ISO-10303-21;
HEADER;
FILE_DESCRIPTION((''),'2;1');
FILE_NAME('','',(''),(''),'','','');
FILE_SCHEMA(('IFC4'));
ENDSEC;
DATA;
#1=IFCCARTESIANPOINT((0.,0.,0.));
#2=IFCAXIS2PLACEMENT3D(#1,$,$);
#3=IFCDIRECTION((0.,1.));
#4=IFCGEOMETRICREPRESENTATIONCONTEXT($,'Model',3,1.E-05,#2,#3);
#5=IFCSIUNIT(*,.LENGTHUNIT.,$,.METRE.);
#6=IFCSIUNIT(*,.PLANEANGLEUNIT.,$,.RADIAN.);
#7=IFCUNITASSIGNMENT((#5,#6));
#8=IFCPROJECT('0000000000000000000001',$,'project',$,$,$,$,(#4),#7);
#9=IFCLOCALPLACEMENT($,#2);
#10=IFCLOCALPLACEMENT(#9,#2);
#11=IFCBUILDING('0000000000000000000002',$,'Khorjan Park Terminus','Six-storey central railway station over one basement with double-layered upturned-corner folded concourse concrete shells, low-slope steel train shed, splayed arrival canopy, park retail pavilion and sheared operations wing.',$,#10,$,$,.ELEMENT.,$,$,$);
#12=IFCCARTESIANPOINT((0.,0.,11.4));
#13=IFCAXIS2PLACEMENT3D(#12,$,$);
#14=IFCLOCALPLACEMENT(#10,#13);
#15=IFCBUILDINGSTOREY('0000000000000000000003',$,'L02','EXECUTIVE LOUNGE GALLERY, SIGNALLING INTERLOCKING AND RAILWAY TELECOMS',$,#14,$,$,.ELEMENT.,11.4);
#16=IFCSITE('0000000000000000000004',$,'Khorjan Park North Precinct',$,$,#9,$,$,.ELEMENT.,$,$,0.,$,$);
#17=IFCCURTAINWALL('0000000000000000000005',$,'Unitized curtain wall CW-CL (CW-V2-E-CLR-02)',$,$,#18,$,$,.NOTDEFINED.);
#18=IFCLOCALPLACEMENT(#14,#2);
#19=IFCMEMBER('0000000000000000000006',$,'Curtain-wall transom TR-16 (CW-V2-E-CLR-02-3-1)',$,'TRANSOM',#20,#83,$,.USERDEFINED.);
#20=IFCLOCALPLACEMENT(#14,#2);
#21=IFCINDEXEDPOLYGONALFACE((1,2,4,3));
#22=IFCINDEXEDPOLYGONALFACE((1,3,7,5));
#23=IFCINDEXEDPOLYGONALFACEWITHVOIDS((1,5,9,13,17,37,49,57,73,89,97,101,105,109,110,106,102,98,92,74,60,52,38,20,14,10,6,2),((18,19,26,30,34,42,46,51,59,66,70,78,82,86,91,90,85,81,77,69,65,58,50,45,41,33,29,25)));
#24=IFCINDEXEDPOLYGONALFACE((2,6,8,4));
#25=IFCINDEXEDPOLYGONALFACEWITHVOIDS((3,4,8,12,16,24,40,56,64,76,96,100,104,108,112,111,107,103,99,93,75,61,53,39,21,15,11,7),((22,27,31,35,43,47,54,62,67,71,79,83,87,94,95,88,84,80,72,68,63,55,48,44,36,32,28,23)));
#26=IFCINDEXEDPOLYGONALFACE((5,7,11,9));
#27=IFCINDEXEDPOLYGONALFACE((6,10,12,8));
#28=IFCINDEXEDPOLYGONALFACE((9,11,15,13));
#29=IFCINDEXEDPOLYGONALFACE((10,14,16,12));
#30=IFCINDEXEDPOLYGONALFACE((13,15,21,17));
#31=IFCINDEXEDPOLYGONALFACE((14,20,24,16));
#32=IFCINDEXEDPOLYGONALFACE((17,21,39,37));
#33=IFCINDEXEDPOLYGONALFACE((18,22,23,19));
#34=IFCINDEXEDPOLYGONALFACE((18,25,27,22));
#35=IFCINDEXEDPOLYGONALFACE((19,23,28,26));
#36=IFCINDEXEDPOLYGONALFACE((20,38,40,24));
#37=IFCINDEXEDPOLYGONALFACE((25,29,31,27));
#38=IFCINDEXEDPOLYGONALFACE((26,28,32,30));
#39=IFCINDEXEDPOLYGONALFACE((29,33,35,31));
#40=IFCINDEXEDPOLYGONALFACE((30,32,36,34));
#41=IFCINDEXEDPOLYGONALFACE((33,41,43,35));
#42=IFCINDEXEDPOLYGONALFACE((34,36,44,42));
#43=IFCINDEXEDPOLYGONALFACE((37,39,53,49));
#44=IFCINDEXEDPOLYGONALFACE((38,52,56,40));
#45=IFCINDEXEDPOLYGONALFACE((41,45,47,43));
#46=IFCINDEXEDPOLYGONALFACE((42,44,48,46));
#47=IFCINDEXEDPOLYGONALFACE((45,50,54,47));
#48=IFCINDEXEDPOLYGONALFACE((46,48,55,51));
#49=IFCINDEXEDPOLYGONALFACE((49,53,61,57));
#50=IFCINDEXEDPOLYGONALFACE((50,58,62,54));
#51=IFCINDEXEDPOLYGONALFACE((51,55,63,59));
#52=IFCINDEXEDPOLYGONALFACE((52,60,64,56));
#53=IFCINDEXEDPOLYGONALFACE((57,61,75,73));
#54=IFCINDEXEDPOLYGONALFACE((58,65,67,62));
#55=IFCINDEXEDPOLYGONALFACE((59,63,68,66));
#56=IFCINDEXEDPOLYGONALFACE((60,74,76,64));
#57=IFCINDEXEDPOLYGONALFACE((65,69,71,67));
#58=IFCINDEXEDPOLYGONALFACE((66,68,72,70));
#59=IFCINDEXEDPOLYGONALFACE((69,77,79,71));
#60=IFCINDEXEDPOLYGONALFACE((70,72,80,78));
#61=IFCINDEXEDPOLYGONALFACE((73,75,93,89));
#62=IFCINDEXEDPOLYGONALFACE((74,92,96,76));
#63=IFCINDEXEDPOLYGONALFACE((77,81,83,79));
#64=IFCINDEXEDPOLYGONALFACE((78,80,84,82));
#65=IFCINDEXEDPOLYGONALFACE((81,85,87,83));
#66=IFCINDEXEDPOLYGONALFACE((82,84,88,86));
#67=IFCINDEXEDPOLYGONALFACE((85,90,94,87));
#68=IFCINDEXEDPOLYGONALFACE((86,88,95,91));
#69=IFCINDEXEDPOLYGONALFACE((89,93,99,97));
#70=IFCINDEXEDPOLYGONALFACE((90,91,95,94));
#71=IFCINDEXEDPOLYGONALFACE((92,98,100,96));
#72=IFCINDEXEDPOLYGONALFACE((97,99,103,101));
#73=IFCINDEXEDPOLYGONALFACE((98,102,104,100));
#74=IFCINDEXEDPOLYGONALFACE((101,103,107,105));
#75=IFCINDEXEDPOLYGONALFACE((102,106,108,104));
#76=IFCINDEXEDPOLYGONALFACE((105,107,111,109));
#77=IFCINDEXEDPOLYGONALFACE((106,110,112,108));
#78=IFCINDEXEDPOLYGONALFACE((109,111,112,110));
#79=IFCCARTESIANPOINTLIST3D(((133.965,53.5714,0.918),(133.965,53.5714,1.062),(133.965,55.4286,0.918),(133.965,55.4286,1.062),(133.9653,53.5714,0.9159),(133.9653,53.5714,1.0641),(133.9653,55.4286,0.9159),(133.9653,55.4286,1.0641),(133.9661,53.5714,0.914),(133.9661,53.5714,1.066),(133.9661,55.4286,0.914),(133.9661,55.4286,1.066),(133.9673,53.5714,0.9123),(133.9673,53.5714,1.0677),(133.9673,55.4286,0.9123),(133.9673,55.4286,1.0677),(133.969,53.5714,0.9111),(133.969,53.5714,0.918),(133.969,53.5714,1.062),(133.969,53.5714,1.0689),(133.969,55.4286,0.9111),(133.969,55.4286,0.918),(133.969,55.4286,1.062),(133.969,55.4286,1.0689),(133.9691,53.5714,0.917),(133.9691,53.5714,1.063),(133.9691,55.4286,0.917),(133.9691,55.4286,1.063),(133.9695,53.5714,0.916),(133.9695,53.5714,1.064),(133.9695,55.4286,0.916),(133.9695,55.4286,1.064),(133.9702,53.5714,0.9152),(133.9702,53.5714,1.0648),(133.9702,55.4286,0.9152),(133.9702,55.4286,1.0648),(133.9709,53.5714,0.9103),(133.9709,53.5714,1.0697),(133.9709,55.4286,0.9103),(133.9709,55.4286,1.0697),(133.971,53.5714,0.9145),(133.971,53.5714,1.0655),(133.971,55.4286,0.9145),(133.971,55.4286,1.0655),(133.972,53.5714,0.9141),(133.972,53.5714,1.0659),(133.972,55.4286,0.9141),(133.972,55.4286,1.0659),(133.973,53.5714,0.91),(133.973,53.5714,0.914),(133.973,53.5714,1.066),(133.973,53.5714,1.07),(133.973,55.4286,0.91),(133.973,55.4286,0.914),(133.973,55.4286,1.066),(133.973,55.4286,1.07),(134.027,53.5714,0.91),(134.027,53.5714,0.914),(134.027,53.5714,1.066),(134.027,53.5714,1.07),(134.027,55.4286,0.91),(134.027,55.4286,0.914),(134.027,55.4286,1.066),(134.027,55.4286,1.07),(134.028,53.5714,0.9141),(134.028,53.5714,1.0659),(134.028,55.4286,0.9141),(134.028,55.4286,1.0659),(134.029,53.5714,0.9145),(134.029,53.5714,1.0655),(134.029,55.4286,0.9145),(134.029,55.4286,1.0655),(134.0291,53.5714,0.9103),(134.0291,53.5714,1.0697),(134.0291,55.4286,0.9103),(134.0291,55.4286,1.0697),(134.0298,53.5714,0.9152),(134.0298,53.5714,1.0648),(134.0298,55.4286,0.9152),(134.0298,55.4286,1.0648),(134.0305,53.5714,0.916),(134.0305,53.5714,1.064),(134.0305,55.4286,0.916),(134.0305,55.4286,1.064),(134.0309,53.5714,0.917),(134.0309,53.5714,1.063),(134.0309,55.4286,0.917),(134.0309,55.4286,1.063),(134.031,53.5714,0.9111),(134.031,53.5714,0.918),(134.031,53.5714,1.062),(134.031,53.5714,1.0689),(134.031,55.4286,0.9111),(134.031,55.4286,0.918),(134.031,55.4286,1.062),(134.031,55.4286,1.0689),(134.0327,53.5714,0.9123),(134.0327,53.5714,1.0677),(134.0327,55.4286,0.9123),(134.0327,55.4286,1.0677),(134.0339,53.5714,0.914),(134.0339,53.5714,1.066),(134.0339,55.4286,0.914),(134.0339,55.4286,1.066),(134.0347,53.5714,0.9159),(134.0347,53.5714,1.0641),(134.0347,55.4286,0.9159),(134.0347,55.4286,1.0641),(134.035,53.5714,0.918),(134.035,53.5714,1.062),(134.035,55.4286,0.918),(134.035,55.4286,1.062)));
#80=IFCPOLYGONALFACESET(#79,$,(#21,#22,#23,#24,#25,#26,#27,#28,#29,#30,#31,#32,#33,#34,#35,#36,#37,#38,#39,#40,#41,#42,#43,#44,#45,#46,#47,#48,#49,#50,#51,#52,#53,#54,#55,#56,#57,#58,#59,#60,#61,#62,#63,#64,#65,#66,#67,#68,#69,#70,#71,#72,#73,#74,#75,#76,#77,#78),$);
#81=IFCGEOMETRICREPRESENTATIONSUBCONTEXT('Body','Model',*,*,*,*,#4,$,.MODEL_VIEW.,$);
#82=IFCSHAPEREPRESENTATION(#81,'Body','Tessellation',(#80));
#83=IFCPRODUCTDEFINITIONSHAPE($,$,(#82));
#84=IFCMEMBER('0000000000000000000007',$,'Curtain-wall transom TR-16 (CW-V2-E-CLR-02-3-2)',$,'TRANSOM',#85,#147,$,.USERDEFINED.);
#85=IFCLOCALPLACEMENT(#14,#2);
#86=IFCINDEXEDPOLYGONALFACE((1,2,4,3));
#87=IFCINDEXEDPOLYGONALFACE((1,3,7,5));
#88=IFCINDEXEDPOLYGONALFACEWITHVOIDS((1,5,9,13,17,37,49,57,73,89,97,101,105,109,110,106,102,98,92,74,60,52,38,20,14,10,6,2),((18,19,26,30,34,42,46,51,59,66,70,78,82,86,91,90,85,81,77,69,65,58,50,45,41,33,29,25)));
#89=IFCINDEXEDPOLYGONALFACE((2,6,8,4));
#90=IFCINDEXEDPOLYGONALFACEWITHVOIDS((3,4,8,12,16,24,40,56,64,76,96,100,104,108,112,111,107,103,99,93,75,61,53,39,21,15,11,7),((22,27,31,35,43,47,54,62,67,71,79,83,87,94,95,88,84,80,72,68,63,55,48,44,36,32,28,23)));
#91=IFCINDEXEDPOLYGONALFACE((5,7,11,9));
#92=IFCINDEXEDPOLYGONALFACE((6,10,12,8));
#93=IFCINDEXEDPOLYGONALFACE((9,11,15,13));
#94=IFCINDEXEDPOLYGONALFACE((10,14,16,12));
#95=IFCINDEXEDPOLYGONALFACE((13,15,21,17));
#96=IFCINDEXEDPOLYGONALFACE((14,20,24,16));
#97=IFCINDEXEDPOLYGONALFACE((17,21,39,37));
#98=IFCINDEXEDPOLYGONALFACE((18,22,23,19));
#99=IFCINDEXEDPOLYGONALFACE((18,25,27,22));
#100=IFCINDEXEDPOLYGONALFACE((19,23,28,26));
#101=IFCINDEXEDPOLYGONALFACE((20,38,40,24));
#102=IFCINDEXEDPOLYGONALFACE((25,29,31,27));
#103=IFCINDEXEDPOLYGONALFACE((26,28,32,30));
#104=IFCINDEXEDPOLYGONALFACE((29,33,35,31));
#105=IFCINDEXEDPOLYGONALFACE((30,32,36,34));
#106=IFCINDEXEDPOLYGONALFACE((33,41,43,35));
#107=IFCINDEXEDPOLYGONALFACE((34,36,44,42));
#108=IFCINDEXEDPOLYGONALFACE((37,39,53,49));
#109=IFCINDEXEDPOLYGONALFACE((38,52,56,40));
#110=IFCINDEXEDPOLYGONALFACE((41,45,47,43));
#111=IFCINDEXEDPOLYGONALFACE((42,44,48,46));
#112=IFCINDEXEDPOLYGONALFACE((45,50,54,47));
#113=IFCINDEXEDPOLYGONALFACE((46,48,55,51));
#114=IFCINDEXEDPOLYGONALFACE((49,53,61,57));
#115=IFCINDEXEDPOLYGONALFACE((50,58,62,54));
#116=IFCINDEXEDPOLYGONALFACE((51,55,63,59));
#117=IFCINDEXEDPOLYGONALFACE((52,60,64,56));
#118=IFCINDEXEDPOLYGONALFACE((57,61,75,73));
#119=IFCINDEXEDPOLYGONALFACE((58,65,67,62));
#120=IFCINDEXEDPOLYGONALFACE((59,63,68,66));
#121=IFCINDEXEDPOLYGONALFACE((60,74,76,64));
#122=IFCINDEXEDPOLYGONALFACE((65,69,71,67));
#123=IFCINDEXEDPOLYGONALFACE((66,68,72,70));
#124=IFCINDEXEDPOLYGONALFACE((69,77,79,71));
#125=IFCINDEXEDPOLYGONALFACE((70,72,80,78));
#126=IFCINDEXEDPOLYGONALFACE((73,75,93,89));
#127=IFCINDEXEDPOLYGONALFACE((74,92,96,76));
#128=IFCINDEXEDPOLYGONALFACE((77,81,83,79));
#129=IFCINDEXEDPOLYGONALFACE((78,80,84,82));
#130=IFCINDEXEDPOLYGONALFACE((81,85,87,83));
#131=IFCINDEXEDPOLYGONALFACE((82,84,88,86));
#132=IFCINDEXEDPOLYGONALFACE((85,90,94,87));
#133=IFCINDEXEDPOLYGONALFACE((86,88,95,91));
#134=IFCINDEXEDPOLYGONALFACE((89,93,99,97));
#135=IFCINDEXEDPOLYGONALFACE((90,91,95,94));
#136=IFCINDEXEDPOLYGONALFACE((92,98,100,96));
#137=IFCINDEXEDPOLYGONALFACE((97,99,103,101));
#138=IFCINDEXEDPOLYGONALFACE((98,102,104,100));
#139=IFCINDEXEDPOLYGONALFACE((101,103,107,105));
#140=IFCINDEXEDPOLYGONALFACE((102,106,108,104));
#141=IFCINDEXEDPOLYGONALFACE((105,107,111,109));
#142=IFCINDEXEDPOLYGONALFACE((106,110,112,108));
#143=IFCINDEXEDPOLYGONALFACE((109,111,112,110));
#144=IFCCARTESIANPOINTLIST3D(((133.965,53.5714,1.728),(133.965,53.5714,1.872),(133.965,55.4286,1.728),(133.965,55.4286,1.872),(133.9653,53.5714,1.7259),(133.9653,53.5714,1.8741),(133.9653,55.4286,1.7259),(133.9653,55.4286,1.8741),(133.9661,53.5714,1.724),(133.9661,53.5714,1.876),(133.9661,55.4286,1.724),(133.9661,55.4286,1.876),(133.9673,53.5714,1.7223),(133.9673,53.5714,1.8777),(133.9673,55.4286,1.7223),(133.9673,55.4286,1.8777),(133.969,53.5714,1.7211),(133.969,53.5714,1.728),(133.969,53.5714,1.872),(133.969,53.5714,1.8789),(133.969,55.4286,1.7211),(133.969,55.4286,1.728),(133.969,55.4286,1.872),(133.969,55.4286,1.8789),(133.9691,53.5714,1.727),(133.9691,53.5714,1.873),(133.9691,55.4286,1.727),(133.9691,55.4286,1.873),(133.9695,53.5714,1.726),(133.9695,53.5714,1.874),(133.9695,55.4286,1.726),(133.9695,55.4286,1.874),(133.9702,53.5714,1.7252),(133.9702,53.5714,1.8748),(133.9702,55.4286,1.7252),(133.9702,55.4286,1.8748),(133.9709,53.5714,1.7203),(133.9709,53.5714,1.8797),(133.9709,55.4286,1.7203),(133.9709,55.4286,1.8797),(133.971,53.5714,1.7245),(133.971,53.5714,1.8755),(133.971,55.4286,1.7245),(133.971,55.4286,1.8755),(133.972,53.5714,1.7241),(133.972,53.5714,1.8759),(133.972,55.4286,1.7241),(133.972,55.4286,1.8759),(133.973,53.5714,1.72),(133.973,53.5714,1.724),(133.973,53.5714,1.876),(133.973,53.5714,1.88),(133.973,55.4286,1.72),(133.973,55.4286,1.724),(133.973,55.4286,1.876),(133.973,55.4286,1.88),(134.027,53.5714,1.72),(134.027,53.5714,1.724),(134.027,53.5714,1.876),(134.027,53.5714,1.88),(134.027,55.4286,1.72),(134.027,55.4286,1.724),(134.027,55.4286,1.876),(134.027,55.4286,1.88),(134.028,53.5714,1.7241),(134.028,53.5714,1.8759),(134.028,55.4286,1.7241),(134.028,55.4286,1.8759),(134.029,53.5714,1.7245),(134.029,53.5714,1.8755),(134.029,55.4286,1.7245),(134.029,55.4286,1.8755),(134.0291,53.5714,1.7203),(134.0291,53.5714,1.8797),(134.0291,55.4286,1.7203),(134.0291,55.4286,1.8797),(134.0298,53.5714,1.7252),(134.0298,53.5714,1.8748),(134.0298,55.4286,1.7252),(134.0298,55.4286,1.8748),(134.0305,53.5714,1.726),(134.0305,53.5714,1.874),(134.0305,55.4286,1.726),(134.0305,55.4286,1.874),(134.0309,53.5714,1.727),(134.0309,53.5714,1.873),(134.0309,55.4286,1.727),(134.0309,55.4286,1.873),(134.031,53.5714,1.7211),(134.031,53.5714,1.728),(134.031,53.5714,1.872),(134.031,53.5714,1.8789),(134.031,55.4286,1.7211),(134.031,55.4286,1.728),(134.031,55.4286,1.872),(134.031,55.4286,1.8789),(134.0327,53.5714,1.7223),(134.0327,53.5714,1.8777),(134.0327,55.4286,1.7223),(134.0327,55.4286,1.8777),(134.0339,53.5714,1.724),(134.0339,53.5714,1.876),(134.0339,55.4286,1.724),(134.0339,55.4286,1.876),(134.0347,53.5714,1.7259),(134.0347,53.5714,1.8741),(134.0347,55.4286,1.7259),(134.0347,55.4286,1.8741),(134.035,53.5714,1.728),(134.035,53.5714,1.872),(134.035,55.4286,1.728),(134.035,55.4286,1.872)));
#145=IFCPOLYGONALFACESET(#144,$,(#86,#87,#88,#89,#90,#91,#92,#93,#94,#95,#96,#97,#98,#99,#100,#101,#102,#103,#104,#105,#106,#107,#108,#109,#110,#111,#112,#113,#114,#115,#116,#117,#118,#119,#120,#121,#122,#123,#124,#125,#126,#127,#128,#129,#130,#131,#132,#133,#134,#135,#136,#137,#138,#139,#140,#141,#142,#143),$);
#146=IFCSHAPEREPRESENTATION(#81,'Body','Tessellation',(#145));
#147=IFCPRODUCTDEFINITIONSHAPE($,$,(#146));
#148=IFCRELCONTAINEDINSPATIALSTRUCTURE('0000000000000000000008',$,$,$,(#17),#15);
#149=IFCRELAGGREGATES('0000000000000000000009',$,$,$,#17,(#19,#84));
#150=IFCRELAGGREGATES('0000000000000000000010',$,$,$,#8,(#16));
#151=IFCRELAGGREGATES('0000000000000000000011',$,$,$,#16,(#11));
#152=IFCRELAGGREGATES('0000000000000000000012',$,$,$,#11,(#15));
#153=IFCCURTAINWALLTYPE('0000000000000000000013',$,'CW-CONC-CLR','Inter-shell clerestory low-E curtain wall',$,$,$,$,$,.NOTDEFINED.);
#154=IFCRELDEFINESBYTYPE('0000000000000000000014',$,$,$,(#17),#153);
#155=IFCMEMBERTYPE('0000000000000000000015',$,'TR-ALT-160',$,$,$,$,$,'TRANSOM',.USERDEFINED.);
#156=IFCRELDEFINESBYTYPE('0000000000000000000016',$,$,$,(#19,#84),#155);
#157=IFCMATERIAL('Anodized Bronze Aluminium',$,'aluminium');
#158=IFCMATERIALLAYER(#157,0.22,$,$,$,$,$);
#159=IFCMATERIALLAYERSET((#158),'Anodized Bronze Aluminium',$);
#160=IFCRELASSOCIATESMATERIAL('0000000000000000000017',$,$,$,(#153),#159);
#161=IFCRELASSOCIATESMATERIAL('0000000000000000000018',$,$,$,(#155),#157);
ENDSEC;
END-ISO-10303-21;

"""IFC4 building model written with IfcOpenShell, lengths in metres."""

from ifc_helpers import new_model, si_unit, direction, frame, origin, origin_2d, place, context, subcontext, project, spatial, hollow_rectangle, extrude, material, layer, layer_set, material_profile, profile_set, type_object, element, aggregate, save


model = new_model("IFC4")

# Units and contexts
model_context = context("Model", 3, precision=1e-05, world=origin(), true_north=direction((0.0, 1.0)))
body_context = subcontext(model_context, "Body", "Model", "MODEL_VIEW")
ifc_project = project(units=[si_unit("LENGTHUNIT", "METRE"), si_unit("PLANEANGLEUNIT", "RADIAN")], contexts=[model_context])

# Site, building, storey
site_placement = place(None, origin())
site = spatial("IfcSite", under=ifc_project, at=site_placement, Name="Khorjan Park North Precinct", CompositionType="ELEMENT", RefElevation=0.0)
building_placement = place(site_placement, origin())
building = spatial("IfcBuilding", under=site, at=building_placement, Name="Khorjan Park Terminus", Description="Six-storey central railway station over one basement with double-layered upturned-corner folded concourse concrete shells, low-slope steel train shed, splayed arrival canopy, park retail pavilion and sheared operations wing.", CompositionType="ELEMENT")
storey_placement = place(building_placement, frame((0.0, 0.0, 11.4)))
storey = spatial("IfcBuildingStorey", under=building, at=storey_placement, Name="L02", Description="EXECUTIVE LOUNGE GALLERY, SIGNALLING INTERLOCKING AND RAILWAY TELECOMS", CompositionType="ELEMENT", Elevation=11.4)

# Curtain wall, members
ifc_material_1 = material(Name="Anodized Bronze Aluminium", Category="aluminium")
ifc_layer_1 = layer(ifc_material_1, 0.22)
ifc_layer_set_1 = layer_set([ifc_layer_1], Name="Anodized Bronze Aluminium")
curtain_wall_type = type_object("IfcCurtainWallType", Name="CW-CONC-CLR", Description="Inter-shell clerestory low-E curtain wall", PredefinedType="NOTDEFINED", material=ifc_layer_set_1)
curtain_wall_placement = place(storey_placement, origin())
curtain_wall = element("IfcCurtainWall", 1, at=curtain_wall_placement, inside=storey, type_object=curtain_wall_type, Name="Unitized curtain wall CW-CL (CW-V2-E-CLR-02)", PredefinedType="NOTDEFINED")
ifc_material_profile_1 = material_profile(ifc_material_1, hollow_rectangle(XDim=0.07, YDim=0.16, WallThickness=0.004, InnerFilletRadius=0.004, OuterFilletRadius=0.008, at=origin_2d()), Name="ALT 70x160x4")
ifc_profile_set_1 = profile_set([ifc_material_profile_1], Name="Anodized Bronze Aluminium")
member_type_1 = type_object("IfcMemberType", Name="TR-ALT-160", ElementType="TRANSOM", PredefinedType="USERDEFINED", material=ifc_profile_set_1)
member_1_placement = place(storey_placement, frame((134.0, 53.5714, 0.99), z_axis=(0.0, 1.0, 0.0), x_axis=(-1.0, 0.0, 0.0)))
member_1 = element("IfcMember", 2, at=member_1_placement, type_object=member_type_1, Name="Curtain-wall transom TR-16 (CW-V2-E-CLR-02-3-1)", ObjectType="TRANSOM", PredefinedType="USERDEFINED", context=body_context, shape_type="SweptSolid", body=[
    extrude(hollow_rectangle(XDim=0.07, YDim=0.16, WallThickness=0.004, InnerFilletRadius=0.004, OuterFilletRadius=0.008, at=origin_2d()), origin(), (0.0, 0.0, 1.0), 1.8572),
])
member_2_placement = place(storey_placement, frame((134.0, 53.5714, 1.8), z_axis=(0.0, 1.0, 0.0), x_axis=(-1.0, 0.0, 0.0)))
member_2 = element("IfcMember", 3, at=member_2_placement, type_object=member_type_1, Name="Curtain-wall transom TR-16 (CW-V2-E-CLR-02-3-2)", ObjectType="TRANSOM", PredefinedType="USERDEFINED", context=body_context, shape_type="SweptSolid", body=[
    extrude(hollow_rectangle(XDim=0.07, YDim=0.16, WallThickness=0.004, InnerFilletRadius=0.004, OuterFilletRadius=0.008, at=origin_2d()), origin(), (0.0, 0.0, 1.0), 1.8572),
])
aggregate(curtain_wall, [member_1, member_2])

save(model, "model.ifc")
